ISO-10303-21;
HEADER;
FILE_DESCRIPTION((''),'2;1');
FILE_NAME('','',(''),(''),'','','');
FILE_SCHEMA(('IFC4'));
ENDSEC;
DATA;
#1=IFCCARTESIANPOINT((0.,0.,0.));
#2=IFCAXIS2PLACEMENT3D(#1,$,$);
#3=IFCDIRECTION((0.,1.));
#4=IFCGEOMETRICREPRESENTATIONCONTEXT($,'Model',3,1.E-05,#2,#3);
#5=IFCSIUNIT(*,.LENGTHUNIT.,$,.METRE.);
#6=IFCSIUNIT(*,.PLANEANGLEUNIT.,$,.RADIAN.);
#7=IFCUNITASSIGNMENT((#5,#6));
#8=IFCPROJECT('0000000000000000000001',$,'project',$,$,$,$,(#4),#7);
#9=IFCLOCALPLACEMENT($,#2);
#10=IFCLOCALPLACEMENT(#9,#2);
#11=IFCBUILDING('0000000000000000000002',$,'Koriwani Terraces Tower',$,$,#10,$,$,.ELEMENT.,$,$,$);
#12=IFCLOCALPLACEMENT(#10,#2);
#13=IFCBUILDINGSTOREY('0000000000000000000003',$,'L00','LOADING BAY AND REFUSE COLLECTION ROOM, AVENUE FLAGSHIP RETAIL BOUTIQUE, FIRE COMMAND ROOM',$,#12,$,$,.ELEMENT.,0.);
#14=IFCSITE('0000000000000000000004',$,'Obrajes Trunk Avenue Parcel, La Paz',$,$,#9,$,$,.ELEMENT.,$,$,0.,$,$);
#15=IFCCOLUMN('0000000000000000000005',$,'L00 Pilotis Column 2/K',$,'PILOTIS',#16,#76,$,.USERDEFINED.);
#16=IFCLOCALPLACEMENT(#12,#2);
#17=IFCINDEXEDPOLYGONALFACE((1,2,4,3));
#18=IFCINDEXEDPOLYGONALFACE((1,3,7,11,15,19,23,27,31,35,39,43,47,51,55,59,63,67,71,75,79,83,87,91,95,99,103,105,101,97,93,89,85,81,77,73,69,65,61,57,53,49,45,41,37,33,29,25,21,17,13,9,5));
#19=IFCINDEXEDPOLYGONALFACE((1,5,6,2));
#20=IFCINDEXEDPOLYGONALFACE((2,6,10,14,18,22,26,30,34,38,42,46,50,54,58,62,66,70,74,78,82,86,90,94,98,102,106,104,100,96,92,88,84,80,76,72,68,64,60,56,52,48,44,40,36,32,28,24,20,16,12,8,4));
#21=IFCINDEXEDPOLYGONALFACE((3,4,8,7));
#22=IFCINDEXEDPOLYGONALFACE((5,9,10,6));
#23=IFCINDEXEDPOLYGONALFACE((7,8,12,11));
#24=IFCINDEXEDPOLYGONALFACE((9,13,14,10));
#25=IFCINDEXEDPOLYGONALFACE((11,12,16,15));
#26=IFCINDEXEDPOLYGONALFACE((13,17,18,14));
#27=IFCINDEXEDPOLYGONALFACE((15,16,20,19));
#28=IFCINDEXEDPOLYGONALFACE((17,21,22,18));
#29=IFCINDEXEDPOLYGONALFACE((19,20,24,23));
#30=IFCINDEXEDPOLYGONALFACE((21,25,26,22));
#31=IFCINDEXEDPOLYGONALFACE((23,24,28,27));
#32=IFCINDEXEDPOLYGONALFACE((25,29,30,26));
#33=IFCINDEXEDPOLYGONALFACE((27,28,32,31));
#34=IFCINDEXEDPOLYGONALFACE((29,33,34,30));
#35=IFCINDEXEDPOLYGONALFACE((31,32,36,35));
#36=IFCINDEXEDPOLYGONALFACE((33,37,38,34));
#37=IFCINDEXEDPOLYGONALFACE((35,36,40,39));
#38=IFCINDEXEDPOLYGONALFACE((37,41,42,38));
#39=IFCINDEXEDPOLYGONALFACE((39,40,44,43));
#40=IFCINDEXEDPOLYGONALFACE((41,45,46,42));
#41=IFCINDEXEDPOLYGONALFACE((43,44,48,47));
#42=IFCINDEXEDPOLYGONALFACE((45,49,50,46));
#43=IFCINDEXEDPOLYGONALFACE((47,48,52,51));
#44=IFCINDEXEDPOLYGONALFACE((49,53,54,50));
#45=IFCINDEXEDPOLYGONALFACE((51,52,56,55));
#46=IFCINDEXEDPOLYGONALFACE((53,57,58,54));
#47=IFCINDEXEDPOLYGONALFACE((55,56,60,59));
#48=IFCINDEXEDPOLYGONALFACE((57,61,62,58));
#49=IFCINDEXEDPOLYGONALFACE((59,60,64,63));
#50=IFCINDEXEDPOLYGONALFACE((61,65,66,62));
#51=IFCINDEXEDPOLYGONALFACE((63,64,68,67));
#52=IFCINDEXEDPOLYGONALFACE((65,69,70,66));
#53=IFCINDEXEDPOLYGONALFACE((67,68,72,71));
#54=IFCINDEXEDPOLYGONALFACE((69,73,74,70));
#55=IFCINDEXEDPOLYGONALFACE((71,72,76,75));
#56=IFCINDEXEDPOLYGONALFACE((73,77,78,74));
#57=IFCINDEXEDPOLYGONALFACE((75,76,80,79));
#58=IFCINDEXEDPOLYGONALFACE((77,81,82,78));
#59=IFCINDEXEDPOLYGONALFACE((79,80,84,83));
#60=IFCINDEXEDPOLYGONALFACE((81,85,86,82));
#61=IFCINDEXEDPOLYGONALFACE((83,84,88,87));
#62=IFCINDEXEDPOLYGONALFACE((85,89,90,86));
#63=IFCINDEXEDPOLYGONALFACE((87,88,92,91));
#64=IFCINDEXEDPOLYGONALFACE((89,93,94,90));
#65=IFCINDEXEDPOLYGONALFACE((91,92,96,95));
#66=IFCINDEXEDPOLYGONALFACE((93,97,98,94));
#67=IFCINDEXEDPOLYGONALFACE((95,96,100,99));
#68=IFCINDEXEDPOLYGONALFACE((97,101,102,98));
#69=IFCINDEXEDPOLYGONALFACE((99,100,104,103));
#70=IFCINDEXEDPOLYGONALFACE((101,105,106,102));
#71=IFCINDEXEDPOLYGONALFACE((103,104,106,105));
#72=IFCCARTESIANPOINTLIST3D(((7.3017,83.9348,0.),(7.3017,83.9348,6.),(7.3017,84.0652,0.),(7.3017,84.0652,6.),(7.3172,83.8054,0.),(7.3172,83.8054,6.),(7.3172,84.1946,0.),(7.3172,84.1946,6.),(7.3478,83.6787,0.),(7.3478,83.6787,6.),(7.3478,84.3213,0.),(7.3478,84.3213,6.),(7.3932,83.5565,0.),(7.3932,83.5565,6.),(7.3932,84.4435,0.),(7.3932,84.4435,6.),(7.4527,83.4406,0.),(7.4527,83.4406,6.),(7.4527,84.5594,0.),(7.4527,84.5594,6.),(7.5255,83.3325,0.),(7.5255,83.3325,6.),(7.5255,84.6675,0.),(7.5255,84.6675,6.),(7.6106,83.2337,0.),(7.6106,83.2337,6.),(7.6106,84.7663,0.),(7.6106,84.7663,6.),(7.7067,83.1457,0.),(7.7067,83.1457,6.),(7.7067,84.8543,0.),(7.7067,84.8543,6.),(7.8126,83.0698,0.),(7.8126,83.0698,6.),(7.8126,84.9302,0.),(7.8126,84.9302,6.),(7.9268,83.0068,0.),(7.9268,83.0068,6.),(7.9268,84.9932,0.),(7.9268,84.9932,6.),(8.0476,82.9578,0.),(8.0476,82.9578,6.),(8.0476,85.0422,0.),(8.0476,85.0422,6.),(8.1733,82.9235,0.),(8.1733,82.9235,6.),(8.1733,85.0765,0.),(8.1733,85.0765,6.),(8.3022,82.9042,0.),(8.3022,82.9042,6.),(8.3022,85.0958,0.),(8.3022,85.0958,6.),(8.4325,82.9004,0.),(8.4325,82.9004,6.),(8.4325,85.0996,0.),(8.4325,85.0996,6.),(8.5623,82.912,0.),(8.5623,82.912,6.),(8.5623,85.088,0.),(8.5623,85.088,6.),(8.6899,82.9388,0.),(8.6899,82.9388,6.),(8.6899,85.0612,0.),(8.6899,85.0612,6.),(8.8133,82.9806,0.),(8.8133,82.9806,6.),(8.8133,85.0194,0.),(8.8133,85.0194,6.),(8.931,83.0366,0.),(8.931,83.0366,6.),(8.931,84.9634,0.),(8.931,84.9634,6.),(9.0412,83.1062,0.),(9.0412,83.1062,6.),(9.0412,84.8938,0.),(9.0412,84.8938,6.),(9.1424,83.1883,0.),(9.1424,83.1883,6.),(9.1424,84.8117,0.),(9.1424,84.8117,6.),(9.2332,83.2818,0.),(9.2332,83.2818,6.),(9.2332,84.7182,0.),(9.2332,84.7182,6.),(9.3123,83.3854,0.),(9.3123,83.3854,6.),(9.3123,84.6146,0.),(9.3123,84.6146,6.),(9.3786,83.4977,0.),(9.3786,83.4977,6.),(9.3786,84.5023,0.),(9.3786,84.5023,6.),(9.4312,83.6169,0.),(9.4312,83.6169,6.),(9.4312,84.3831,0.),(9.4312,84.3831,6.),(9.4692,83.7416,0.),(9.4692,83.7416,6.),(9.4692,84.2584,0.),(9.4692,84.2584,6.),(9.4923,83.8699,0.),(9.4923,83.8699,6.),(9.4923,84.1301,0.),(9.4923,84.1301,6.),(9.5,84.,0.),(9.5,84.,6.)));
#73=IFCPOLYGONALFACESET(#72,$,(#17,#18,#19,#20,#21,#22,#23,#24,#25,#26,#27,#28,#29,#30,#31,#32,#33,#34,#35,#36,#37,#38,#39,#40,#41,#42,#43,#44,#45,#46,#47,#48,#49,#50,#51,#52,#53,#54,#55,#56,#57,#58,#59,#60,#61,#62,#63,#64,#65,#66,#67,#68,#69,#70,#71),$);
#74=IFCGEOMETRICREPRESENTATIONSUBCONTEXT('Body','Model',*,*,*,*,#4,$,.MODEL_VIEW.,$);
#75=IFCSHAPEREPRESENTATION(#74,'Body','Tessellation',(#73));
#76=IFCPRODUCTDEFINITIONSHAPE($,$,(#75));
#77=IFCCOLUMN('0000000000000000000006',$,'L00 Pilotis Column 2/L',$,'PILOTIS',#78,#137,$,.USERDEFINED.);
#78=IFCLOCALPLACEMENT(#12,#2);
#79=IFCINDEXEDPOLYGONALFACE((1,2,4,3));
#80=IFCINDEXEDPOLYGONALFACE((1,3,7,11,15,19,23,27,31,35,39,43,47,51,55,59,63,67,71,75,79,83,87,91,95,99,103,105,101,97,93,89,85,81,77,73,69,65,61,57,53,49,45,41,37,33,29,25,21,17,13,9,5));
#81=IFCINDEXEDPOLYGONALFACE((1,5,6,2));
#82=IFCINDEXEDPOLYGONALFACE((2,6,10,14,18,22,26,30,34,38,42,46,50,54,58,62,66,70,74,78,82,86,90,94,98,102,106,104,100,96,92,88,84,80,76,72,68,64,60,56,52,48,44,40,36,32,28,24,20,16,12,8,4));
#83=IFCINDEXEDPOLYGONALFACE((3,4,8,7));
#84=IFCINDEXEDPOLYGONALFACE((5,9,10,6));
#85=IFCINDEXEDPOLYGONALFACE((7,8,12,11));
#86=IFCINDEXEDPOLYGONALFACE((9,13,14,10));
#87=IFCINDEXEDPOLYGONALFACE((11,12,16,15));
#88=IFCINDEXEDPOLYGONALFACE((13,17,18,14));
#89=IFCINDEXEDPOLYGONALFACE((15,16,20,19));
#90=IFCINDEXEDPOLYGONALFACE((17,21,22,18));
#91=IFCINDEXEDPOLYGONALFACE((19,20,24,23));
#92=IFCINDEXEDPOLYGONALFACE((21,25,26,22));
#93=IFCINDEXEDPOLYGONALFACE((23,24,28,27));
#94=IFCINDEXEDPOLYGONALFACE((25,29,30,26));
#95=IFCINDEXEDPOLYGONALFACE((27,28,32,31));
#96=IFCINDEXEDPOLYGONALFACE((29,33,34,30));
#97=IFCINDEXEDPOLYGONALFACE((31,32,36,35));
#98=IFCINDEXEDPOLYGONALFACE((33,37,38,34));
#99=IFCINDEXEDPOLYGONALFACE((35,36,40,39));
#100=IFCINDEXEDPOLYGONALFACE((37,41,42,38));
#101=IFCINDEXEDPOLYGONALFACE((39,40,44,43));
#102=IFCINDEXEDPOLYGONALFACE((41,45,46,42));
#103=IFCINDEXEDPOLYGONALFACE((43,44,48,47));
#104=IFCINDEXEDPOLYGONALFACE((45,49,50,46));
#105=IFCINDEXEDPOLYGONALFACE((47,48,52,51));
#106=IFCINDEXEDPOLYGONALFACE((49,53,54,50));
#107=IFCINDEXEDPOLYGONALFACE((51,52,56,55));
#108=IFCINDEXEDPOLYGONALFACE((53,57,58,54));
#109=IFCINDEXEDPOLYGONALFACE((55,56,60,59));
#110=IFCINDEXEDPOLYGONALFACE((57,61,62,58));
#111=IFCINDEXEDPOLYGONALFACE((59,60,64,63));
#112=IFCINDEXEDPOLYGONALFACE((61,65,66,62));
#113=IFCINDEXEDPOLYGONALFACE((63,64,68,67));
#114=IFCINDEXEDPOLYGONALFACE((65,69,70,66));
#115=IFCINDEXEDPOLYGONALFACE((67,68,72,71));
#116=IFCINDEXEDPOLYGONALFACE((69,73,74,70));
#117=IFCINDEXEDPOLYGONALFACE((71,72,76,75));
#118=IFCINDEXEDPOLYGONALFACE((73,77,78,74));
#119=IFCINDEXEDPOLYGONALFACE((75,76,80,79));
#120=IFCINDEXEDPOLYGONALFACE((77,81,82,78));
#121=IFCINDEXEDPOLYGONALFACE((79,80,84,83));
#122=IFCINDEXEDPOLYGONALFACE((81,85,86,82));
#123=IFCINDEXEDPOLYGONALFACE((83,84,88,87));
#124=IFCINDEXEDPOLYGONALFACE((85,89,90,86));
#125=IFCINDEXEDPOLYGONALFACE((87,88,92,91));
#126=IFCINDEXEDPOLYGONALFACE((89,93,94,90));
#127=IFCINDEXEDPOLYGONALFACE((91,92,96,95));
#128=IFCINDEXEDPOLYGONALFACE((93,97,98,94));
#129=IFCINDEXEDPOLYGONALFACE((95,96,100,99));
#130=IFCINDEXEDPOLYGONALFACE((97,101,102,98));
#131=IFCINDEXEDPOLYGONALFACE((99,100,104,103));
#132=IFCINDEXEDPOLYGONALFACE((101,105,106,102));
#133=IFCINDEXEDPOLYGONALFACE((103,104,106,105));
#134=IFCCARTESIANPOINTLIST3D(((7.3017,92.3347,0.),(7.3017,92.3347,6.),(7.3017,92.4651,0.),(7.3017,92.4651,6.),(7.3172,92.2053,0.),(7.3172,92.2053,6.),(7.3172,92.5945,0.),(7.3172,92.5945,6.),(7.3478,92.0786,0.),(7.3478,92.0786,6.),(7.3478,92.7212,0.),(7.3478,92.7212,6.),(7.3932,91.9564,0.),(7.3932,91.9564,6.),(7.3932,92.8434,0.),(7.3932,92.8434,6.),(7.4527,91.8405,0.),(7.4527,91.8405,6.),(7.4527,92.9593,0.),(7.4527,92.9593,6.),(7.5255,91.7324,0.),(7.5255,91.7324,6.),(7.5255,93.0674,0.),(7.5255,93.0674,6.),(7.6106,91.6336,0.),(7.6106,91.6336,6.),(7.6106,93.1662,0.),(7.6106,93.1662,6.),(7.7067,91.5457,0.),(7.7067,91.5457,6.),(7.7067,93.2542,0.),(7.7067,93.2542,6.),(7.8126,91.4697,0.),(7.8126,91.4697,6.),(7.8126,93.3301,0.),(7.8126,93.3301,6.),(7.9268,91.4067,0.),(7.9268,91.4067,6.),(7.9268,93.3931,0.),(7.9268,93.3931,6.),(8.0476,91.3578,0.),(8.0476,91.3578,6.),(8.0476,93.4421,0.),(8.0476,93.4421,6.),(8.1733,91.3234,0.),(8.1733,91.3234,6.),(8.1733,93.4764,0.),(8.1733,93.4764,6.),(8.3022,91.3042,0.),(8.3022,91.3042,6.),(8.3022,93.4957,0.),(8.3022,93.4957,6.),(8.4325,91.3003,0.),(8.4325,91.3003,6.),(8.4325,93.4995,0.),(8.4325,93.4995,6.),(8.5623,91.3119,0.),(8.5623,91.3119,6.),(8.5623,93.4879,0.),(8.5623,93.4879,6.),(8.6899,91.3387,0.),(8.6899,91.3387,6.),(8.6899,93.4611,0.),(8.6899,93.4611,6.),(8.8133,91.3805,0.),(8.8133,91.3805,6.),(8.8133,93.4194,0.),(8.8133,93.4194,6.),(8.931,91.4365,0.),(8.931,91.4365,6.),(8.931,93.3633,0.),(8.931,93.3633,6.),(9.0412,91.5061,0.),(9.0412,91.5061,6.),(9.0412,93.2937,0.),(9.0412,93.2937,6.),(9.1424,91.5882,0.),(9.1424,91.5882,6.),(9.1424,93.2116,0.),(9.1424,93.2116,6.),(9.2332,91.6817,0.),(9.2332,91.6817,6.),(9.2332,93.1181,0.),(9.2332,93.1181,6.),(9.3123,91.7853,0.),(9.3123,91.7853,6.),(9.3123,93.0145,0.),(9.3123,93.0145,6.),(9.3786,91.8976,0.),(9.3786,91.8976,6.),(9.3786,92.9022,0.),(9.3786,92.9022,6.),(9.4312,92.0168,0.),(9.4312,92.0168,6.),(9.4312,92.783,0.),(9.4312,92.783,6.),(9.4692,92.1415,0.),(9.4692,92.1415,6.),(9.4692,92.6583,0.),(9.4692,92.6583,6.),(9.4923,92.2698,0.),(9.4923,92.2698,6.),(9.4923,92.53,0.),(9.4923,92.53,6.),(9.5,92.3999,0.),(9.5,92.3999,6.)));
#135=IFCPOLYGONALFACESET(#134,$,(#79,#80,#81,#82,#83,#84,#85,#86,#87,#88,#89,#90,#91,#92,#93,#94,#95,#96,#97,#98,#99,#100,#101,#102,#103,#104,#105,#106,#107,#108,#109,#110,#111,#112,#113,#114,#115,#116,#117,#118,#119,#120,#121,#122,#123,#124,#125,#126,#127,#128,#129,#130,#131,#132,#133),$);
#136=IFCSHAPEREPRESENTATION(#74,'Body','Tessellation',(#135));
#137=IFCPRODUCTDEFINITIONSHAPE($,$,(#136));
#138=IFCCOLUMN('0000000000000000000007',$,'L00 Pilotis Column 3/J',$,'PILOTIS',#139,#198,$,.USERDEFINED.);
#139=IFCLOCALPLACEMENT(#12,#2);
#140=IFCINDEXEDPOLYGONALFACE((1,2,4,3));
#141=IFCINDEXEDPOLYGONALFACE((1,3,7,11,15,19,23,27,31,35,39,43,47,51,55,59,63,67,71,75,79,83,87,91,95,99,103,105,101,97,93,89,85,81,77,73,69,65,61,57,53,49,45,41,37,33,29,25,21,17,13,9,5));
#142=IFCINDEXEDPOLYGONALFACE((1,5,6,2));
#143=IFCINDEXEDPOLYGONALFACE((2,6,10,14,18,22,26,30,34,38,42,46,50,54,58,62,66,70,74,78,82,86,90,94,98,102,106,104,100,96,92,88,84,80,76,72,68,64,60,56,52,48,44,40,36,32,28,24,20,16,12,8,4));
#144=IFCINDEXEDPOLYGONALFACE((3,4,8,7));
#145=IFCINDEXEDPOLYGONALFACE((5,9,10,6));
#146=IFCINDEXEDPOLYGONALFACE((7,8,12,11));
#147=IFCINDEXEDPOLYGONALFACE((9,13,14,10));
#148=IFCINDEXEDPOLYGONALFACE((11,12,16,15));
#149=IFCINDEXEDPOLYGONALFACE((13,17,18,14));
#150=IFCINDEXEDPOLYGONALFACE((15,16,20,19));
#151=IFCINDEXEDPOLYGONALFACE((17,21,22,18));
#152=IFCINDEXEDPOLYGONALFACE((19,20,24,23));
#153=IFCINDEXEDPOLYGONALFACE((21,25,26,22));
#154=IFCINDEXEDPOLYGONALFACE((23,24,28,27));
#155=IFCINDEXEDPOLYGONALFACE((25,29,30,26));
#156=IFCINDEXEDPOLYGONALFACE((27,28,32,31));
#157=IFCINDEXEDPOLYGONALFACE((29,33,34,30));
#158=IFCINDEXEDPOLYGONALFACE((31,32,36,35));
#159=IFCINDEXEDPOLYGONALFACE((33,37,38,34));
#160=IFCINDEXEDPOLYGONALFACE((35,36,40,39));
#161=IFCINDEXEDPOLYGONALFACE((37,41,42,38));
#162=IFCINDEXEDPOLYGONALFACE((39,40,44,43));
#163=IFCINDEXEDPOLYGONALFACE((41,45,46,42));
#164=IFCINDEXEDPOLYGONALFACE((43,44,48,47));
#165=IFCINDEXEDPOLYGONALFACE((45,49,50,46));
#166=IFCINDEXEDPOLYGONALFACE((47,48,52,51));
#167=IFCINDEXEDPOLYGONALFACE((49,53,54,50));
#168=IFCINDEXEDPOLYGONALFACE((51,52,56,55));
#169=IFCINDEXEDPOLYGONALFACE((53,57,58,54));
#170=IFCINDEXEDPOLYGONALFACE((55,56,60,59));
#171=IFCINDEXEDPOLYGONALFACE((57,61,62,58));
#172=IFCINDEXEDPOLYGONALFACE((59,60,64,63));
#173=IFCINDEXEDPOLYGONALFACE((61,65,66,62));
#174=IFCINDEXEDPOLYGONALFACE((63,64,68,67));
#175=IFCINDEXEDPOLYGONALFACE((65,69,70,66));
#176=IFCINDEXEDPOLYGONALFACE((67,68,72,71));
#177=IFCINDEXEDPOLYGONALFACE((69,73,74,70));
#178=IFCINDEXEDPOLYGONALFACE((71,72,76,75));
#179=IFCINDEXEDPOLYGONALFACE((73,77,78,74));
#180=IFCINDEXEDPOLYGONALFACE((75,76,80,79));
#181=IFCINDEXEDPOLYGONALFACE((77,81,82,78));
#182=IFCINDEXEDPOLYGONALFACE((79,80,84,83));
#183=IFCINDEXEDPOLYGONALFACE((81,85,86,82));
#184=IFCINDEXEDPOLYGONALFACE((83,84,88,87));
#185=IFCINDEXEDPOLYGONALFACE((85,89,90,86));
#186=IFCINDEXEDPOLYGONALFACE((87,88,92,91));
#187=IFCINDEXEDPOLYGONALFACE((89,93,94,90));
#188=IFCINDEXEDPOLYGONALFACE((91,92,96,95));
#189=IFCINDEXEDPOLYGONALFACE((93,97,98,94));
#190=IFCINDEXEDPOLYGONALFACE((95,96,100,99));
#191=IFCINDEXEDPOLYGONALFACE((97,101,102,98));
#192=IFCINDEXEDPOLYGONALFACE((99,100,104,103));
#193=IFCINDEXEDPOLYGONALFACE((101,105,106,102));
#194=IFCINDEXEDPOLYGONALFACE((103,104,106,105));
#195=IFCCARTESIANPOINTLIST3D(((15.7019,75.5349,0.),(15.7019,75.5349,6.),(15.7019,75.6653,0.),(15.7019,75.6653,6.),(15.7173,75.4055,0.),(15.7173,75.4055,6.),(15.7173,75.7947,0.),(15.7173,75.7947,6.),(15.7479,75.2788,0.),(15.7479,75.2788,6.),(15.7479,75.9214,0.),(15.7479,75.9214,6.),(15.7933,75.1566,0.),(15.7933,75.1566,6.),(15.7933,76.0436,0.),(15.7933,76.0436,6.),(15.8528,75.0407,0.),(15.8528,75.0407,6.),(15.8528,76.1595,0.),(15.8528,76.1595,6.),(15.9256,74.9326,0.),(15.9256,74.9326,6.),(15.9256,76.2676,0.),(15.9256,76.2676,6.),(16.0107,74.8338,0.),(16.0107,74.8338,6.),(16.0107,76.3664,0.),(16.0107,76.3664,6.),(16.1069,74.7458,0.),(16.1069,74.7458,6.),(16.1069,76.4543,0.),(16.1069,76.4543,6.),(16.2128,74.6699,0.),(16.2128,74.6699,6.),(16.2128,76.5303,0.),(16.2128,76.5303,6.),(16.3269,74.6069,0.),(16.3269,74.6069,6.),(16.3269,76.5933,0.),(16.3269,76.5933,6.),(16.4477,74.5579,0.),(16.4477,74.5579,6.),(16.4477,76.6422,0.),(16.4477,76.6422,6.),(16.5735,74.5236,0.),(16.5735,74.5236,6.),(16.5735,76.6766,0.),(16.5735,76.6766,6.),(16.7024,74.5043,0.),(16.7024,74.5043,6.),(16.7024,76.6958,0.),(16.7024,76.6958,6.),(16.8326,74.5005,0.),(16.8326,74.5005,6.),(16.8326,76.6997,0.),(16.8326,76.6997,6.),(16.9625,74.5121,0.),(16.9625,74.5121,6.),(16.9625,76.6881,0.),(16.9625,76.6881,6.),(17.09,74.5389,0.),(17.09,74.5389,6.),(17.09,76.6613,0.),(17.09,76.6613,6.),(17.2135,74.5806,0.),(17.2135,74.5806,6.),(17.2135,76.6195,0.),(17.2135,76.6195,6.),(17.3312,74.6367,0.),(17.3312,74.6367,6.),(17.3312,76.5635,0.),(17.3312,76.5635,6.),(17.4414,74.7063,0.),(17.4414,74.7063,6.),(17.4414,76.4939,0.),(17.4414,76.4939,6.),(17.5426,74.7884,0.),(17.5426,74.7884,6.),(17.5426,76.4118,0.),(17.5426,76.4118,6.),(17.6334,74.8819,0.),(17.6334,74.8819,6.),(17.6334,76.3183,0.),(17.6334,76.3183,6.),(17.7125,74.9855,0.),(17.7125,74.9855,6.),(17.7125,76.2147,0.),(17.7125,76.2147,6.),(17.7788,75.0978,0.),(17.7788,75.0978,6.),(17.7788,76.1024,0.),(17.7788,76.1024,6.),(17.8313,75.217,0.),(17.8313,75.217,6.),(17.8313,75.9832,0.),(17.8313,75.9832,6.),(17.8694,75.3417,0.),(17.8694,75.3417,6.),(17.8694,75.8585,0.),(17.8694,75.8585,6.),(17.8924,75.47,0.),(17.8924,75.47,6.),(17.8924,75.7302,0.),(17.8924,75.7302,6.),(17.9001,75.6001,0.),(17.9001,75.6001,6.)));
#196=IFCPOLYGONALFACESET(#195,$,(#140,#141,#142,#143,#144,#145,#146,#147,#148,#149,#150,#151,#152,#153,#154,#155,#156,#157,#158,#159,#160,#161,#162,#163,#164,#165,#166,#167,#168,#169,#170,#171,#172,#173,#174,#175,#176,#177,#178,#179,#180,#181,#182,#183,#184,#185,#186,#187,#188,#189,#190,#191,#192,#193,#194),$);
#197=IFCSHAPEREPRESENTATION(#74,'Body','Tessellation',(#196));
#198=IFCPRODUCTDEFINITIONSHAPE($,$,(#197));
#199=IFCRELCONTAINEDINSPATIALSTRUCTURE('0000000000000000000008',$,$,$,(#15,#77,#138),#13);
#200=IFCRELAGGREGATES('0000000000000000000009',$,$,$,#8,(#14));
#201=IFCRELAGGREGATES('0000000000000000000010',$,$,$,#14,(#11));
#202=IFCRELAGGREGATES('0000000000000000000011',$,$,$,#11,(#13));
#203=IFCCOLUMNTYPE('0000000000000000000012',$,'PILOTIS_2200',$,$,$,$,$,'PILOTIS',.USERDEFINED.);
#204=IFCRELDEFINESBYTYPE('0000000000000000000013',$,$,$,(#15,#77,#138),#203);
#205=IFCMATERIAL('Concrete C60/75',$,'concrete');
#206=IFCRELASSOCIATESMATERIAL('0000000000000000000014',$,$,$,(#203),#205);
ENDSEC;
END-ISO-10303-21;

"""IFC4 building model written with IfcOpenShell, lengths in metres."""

from ifc_helpers import new_model, si_unit, direction, frame, origin, origin_2d, place, context, subcontext, project, spatial, circle, extrude, material, material_profile, profile_set, type_object, element, save


model = new_model("IFC4")

# Units and contexts
model_context = context("Model", 3, precision=1e-05, world=origin(), true_north=direction((0.0, 1.0)))
body_context = subcontext(model_context, "Body", "Model", "MODEL_VIEW")
ifc_project = project(units=[si_unit("LENGTHUNIT", "METRE"), si_unit("PLANEANGLEUNIT", "RADIAN")], contexts=[model_context])

# Site, building, storey
site_placement = place(None, origin())
site = spatial("IfcSite", under=ifc_project, at=site_placement, Name="Obrajes Trunk Avenue Parcel, La Paz", CompositionType="ELEMENT", RefElevation=0.0)
building_placement = place(site_placement, origin())
building = spatial("IfcBuilding", under=site, at=building_placement, Name="Koriwani Terraces Tower", CompositionType="ELEMENT")
storey_placement = place(building_placement, origin())
storey = spatial("IfcBuildingStorey", under=building, at=storey_placement, Name="L00", Description="LOADING BAY AND REFUSE COLLECTION ROOM, AVENUE FLAGSHIP RETAIL BOUTIQUE, FIRE COMMAND ROOM", CompositionType="ELEMENT", Elevation=0.0)

# Columns
ifc_material_1 = material(Name="Concrete C60/75", Category="concrete")
ifc_material_profile_1 = material_profile(ifc_material_1, circle(Radius=1.1001, at=origin_2d()), Name="Concrete C60/75", Category="LoadBearing")
ifc_profile_set_1 = profile_set([ifc_material_profile_1], Name="Concrete C60/75")
column_type = type_object("IfcColumnType", Name="PILOTIS_2200", ElementType="PILOTIS", PredefinedType="USERDEFINED", material=ifc_profile_set_1)
for number, where, z_axis, x_axis, name in (
    (1, (8.3999, 84.0, 0.0), (0.0, 0.0, 1.0), (1.0, 0.0, 0.0), "L00 Pilotis Column 2/K"),
    (2, (8.3999, 92.3999, 0.0), (0.0, 0.0, 1.0), (1.0, 0.0, 0.0), "L00 Pilotis Column 2/L"),
    (3, (16.8, 75.6001, 0.0), (0.0, 0.0, 1.0), (1.0, 0.0, 0.0), "L00 Pilotis Column 3/J"),
):
    element("IfcColumn", number, at=place(storey_placement, frame(where, z_axis=z_axis, x_axis=x_axis)), inside=storey, type_object=column_type, Name=name, ObjectType="PILOTIS", PredefinedType="USERDEFINED", context=body_context, shape_type="SweptSolid", body=[
        extrude(circle(Radius=1.1001, at=origin_2d()), origin(), (0.0, 0.0, 1.0), 6.0),
    ])

save(model, "model.ifc")
